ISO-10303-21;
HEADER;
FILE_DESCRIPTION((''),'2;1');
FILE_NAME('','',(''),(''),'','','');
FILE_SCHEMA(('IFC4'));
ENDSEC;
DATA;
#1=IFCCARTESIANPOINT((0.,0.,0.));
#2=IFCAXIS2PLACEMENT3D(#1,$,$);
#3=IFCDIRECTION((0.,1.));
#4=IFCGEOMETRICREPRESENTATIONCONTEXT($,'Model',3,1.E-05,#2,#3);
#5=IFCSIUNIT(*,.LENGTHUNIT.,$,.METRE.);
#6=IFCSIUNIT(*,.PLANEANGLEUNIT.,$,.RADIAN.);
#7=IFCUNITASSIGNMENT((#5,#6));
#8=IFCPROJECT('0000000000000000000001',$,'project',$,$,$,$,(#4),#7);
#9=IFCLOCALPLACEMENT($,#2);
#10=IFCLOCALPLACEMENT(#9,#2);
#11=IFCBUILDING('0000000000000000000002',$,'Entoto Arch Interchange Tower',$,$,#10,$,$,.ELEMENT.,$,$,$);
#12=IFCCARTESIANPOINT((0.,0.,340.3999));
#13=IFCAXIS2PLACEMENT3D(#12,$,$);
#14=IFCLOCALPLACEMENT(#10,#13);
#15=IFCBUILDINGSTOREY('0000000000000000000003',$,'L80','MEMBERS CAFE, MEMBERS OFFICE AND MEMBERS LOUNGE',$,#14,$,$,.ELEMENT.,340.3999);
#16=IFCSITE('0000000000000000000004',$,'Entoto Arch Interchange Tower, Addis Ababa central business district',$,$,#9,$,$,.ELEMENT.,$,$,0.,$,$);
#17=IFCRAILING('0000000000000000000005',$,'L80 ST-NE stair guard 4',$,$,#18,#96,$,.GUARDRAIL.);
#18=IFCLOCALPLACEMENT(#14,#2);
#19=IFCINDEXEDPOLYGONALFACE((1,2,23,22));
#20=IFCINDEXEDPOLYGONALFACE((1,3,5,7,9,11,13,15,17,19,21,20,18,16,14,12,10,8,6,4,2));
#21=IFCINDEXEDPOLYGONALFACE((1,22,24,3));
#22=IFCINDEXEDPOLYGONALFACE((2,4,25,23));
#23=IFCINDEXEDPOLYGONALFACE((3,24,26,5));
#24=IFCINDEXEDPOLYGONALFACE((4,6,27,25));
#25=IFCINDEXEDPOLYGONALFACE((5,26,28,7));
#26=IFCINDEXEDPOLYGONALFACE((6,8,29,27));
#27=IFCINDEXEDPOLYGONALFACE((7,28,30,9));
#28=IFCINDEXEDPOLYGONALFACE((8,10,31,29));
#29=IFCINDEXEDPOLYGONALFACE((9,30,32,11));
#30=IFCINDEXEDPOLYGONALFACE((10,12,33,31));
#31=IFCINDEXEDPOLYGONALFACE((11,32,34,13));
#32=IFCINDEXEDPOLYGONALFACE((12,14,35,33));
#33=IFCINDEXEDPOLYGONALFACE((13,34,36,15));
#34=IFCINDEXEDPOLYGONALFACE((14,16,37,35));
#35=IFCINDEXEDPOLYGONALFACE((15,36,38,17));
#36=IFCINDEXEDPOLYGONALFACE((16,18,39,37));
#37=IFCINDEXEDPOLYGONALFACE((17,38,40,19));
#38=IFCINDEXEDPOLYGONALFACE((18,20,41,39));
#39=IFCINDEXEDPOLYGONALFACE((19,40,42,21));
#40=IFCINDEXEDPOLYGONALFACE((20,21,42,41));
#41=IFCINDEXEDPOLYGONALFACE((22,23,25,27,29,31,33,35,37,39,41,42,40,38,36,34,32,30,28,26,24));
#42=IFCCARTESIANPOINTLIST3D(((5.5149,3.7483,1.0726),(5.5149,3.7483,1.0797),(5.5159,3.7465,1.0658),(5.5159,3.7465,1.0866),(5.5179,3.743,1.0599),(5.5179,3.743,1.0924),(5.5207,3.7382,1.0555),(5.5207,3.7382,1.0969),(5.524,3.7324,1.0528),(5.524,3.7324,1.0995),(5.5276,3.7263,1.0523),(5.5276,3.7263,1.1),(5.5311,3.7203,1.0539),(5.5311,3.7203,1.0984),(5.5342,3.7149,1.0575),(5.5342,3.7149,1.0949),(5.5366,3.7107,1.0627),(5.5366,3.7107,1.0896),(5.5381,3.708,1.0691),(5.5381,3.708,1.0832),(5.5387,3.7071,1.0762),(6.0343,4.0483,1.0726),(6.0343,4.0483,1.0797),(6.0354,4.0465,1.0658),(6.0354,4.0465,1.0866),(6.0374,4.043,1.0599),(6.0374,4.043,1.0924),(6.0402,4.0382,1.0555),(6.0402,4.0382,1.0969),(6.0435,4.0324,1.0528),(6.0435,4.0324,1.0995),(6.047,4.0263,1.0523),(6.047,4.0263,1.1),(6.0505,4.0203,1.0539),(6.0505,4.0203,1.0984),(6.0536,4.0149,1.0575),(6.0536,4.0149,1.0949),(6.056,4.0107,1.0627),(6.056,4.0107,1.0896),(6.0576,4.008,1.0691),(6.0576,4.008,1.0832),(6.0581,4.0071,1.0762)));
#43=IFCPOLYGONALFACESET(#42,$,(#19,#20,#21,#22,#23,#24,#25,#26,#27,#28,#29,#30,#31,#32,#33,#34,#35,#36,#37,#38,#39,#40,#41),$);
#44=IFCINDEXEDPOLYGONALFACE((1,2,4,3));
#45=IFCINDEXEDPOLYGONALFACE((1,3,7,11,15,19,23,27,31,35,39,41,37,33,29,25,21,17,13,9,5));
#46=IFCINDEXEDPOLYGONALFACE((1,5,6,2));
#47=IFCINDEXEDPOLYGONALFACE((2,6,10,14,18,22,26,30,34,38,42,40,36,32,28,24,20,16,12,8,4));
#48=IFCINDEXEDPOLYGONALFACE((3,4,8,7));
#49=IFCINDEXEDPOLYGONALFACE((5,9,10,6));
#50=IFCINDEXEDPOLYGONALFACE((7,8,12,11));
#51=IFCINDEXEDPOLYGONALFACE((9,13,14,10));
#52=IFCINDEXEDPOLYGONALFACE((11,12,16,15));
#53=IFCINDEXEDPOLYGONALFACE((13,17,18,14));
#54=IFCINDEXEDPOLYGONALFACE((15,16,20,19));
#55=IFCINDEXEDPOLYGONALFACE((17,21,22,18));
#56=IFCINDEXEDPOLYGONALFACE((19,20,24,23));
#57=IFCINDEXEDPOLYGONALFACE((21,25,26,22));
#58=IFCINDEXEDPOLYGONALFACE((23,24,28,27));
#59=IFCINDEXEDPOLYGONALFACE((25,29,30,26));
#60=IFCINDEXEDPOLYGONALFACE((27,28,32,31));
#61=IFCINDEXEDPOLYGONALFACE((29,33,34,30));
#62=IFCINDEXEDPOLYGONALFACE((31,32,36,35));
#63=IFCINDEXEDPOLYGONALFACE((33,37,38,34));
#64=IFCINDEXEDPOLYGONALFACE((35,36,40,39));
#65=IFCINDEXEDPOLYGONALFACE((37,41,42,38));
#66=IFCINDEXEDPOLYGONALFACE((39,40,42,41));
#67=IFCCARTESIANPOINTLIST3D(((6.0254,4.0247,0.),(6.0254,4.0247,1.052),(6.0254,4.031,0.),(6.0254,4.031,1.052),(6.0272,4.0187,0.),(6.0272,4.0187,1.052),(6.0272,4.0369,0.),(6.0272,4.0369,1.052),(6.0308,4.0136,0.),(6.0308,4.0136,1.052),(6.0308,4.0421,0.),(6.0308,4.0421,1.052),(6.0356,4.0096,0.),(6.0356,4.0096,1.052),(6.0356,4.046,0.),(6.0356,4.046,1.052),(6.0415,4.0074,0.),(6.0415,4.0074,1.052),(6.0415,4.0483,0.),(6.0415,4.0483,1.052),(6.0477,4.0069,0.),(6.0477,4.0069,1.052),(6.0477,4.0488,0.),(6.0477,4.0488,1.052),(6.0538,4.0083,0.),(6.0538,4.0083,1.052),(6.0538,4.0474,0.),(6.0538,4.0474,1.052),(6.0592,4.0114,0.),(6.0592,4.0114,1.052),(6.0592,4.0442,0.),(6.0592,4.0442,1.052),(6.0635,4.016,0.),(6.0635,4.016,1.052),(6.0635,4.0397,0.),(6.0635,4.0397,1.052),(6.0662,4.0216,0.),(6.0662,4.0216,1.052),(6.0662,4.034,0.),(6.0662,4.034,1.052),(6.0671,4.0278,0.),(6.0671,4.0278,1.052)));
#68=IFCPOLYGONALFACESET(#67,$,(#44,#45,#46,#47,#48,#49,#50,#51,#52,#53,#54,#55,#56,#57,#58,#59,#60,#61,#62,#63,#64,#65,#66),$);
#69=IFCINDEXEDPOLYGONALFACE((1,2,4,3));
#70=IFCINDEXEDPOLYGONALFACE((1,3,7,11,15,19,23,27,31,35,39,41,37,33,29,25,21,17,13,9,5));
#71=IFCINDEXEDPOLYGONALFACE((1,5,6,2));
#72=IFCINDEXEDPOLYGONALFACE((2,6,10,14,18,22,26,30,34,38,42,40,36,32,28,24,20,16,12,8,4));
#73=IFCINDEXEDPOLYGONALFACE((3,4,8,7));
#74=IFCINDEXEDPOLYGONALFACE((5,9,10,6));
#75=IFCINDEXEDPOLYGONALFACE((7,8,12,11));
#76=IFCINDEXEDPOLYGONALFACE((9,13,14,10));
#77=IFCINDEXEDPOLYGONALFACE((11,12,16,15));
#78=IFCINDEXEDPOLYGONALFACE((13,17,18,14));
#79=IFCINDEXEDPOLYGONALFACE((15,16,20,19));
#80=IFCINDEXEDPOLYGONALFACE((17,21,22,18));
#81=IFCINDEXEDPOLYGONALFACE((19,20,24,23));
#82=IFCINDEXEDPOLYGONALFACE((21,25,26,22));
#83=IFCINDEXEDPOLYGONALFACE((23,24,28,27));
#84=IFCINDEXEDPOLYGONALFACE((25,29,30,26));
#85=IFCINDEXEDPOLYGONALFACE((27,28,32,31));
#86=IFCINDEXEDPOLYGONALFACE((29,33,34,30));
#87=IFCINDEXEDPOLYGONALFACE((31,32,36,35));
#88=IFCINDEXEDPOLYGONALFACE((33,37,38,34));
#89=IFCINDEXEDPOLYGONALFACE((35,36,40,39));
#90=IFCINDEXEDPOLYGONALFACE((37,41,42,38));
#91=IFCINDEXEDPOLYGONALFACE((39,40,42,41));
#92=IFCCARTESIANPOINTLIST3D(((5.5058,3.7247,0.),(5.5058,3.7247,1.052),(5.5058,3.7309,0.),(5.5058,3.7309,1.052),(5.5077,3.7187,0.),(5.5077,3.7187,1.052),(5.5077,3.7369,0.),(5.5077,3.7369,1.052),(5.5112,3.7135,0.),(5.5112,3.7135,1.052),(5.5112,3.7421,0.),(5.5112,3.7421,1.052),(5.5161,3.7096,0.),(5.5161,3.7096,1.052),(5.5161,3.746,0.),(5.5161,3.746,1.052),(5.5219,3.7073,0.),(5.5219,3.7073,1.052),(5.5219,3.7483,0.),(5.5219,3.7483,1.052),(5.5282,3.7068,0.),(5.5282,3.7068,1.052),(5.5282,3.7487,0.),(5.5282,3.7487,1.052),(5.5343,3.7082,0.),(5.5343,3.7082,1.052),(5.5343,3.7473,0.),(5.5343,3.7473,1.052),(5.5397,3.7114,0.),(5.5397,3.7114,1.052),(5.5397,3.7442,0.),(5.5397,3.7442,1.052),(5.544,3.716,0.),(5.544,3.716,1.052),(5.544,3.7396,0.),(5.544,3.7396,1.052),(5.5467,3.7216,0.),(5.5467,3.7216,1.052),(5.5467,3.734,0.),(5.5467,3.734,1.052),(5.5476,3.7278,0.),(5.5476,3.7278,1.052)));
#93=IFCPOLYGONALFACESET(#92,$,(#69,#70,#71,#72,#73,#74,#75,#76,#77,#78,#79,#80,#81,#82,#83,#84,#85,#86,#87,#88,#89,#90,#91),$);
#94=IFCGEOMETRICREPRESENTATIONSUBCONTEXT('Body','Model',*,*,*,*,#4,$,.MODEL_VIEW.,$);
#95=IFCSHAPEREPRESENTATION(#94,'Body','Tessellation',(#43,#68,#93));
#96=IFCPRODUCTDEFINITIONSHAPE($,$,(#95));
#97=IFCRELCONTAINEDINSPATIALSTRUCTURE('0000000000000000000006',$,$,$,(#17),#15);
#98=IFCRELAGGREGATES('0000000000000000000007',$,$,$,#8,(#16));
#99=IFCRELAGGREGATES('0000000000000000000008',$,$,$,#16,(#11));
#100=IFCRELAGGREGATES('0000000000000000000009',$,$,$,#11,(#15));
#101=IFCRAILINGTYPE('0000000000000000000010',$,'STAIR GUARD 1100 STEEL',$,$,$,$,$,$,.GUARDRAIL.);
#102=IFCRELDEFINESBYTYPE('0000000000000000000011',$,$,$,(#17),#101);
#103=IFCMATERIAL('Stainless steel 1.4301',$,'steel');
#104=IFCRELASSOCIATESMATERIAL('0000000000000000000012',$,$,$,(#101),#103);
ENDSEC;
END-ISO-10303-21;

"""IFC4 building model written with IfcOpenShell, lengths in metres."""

from ifc_helpers import new_model, si_unit, direction, frame, origin, origin_2d, place, context, subcontext, project, spatial, circle, extrude, material, type_object, element, save


model = new_model("IFC4")

# Units and contexts
model_context = context("Model", 3, precision=1e-05, world=origin(), true_north=direction((0.0, 1.0)))
body_context = subcontext(model_context, "Body", "Model", "MODEL_VIEW")
ifc_project = project(units=[si_unit("LENGTHUNIT", "METRE"), si_unit("PLANEANGLEUNIT", "RADIAN")], contexts=[model_context])

# Site, building, storey
site_placement = place(None, origin())
site = spatial("IfcSite", under=ifc_project, at=site_placement, Name="Entoto Arch Interchange Tower, Addis Ababa central business district", CompositionType="ELEMENT", RefElevation=0.0)
building_placement = place(site_placement, origin())
building = spatial("IfcBuilding", under=site, at=building_placement, Name="Entoto Arch Interchange Tower", CompositionType="ELEMENT")
storey_placement = place(building_placement, frame((0.0, 0.0, 340.3999)))
storey = spatial("IfcBuildingStorey", under=building, at=storey_placement, Name="L80", Description="MEMBERS CAFE, MEMBERS OFFICE AND MEMBERS LOUNGE", CompositionType="ELEMENT", Elevation=340.3999)

# Railing
ifc_material_1 = material(Name="Stainless steel 1.4301", Category="steel")
railing_type_1 = type_object("IfcRailingType", Name="STAIR GUARD 1100 STEEL", PredefinedType="GUARDRAIL", material=ifc_material_1)
railing_1_placement = place(storey_placement, frame((6.0461, 4.0278, 0.0)))
element("IfcRailing", 1, at=railing_1_placement, inside=storey, type_object=railing_type_1, Name="L80 ST-NE stair guard 4", PredefinedType="GUARDRAIL", context=body_context, shape_type="SweptSolid", body=[
    extrude(circle(Radius=0.0239, at=origin_2d()), frame((0.0, 0.0, 1.0762), z_axis=(-0.865955, -0.500122, 0.0), x_axis=(0.500122, -0.865955, 0.0)), (0.0, 0.0, 1.0), 0.5999),
    extrude(circle(Radius=0.021, at=origin_2d()), origin(), (0.0, 0.0, 1.0), 1.052),
    extrude(circle(Radius=0.021, at=origin_2d()), frame((-0.5195, -0.3, 0.0)), (0.0, 0.0, 1.0), 1.052),
])

save(model, "model.ifc")
